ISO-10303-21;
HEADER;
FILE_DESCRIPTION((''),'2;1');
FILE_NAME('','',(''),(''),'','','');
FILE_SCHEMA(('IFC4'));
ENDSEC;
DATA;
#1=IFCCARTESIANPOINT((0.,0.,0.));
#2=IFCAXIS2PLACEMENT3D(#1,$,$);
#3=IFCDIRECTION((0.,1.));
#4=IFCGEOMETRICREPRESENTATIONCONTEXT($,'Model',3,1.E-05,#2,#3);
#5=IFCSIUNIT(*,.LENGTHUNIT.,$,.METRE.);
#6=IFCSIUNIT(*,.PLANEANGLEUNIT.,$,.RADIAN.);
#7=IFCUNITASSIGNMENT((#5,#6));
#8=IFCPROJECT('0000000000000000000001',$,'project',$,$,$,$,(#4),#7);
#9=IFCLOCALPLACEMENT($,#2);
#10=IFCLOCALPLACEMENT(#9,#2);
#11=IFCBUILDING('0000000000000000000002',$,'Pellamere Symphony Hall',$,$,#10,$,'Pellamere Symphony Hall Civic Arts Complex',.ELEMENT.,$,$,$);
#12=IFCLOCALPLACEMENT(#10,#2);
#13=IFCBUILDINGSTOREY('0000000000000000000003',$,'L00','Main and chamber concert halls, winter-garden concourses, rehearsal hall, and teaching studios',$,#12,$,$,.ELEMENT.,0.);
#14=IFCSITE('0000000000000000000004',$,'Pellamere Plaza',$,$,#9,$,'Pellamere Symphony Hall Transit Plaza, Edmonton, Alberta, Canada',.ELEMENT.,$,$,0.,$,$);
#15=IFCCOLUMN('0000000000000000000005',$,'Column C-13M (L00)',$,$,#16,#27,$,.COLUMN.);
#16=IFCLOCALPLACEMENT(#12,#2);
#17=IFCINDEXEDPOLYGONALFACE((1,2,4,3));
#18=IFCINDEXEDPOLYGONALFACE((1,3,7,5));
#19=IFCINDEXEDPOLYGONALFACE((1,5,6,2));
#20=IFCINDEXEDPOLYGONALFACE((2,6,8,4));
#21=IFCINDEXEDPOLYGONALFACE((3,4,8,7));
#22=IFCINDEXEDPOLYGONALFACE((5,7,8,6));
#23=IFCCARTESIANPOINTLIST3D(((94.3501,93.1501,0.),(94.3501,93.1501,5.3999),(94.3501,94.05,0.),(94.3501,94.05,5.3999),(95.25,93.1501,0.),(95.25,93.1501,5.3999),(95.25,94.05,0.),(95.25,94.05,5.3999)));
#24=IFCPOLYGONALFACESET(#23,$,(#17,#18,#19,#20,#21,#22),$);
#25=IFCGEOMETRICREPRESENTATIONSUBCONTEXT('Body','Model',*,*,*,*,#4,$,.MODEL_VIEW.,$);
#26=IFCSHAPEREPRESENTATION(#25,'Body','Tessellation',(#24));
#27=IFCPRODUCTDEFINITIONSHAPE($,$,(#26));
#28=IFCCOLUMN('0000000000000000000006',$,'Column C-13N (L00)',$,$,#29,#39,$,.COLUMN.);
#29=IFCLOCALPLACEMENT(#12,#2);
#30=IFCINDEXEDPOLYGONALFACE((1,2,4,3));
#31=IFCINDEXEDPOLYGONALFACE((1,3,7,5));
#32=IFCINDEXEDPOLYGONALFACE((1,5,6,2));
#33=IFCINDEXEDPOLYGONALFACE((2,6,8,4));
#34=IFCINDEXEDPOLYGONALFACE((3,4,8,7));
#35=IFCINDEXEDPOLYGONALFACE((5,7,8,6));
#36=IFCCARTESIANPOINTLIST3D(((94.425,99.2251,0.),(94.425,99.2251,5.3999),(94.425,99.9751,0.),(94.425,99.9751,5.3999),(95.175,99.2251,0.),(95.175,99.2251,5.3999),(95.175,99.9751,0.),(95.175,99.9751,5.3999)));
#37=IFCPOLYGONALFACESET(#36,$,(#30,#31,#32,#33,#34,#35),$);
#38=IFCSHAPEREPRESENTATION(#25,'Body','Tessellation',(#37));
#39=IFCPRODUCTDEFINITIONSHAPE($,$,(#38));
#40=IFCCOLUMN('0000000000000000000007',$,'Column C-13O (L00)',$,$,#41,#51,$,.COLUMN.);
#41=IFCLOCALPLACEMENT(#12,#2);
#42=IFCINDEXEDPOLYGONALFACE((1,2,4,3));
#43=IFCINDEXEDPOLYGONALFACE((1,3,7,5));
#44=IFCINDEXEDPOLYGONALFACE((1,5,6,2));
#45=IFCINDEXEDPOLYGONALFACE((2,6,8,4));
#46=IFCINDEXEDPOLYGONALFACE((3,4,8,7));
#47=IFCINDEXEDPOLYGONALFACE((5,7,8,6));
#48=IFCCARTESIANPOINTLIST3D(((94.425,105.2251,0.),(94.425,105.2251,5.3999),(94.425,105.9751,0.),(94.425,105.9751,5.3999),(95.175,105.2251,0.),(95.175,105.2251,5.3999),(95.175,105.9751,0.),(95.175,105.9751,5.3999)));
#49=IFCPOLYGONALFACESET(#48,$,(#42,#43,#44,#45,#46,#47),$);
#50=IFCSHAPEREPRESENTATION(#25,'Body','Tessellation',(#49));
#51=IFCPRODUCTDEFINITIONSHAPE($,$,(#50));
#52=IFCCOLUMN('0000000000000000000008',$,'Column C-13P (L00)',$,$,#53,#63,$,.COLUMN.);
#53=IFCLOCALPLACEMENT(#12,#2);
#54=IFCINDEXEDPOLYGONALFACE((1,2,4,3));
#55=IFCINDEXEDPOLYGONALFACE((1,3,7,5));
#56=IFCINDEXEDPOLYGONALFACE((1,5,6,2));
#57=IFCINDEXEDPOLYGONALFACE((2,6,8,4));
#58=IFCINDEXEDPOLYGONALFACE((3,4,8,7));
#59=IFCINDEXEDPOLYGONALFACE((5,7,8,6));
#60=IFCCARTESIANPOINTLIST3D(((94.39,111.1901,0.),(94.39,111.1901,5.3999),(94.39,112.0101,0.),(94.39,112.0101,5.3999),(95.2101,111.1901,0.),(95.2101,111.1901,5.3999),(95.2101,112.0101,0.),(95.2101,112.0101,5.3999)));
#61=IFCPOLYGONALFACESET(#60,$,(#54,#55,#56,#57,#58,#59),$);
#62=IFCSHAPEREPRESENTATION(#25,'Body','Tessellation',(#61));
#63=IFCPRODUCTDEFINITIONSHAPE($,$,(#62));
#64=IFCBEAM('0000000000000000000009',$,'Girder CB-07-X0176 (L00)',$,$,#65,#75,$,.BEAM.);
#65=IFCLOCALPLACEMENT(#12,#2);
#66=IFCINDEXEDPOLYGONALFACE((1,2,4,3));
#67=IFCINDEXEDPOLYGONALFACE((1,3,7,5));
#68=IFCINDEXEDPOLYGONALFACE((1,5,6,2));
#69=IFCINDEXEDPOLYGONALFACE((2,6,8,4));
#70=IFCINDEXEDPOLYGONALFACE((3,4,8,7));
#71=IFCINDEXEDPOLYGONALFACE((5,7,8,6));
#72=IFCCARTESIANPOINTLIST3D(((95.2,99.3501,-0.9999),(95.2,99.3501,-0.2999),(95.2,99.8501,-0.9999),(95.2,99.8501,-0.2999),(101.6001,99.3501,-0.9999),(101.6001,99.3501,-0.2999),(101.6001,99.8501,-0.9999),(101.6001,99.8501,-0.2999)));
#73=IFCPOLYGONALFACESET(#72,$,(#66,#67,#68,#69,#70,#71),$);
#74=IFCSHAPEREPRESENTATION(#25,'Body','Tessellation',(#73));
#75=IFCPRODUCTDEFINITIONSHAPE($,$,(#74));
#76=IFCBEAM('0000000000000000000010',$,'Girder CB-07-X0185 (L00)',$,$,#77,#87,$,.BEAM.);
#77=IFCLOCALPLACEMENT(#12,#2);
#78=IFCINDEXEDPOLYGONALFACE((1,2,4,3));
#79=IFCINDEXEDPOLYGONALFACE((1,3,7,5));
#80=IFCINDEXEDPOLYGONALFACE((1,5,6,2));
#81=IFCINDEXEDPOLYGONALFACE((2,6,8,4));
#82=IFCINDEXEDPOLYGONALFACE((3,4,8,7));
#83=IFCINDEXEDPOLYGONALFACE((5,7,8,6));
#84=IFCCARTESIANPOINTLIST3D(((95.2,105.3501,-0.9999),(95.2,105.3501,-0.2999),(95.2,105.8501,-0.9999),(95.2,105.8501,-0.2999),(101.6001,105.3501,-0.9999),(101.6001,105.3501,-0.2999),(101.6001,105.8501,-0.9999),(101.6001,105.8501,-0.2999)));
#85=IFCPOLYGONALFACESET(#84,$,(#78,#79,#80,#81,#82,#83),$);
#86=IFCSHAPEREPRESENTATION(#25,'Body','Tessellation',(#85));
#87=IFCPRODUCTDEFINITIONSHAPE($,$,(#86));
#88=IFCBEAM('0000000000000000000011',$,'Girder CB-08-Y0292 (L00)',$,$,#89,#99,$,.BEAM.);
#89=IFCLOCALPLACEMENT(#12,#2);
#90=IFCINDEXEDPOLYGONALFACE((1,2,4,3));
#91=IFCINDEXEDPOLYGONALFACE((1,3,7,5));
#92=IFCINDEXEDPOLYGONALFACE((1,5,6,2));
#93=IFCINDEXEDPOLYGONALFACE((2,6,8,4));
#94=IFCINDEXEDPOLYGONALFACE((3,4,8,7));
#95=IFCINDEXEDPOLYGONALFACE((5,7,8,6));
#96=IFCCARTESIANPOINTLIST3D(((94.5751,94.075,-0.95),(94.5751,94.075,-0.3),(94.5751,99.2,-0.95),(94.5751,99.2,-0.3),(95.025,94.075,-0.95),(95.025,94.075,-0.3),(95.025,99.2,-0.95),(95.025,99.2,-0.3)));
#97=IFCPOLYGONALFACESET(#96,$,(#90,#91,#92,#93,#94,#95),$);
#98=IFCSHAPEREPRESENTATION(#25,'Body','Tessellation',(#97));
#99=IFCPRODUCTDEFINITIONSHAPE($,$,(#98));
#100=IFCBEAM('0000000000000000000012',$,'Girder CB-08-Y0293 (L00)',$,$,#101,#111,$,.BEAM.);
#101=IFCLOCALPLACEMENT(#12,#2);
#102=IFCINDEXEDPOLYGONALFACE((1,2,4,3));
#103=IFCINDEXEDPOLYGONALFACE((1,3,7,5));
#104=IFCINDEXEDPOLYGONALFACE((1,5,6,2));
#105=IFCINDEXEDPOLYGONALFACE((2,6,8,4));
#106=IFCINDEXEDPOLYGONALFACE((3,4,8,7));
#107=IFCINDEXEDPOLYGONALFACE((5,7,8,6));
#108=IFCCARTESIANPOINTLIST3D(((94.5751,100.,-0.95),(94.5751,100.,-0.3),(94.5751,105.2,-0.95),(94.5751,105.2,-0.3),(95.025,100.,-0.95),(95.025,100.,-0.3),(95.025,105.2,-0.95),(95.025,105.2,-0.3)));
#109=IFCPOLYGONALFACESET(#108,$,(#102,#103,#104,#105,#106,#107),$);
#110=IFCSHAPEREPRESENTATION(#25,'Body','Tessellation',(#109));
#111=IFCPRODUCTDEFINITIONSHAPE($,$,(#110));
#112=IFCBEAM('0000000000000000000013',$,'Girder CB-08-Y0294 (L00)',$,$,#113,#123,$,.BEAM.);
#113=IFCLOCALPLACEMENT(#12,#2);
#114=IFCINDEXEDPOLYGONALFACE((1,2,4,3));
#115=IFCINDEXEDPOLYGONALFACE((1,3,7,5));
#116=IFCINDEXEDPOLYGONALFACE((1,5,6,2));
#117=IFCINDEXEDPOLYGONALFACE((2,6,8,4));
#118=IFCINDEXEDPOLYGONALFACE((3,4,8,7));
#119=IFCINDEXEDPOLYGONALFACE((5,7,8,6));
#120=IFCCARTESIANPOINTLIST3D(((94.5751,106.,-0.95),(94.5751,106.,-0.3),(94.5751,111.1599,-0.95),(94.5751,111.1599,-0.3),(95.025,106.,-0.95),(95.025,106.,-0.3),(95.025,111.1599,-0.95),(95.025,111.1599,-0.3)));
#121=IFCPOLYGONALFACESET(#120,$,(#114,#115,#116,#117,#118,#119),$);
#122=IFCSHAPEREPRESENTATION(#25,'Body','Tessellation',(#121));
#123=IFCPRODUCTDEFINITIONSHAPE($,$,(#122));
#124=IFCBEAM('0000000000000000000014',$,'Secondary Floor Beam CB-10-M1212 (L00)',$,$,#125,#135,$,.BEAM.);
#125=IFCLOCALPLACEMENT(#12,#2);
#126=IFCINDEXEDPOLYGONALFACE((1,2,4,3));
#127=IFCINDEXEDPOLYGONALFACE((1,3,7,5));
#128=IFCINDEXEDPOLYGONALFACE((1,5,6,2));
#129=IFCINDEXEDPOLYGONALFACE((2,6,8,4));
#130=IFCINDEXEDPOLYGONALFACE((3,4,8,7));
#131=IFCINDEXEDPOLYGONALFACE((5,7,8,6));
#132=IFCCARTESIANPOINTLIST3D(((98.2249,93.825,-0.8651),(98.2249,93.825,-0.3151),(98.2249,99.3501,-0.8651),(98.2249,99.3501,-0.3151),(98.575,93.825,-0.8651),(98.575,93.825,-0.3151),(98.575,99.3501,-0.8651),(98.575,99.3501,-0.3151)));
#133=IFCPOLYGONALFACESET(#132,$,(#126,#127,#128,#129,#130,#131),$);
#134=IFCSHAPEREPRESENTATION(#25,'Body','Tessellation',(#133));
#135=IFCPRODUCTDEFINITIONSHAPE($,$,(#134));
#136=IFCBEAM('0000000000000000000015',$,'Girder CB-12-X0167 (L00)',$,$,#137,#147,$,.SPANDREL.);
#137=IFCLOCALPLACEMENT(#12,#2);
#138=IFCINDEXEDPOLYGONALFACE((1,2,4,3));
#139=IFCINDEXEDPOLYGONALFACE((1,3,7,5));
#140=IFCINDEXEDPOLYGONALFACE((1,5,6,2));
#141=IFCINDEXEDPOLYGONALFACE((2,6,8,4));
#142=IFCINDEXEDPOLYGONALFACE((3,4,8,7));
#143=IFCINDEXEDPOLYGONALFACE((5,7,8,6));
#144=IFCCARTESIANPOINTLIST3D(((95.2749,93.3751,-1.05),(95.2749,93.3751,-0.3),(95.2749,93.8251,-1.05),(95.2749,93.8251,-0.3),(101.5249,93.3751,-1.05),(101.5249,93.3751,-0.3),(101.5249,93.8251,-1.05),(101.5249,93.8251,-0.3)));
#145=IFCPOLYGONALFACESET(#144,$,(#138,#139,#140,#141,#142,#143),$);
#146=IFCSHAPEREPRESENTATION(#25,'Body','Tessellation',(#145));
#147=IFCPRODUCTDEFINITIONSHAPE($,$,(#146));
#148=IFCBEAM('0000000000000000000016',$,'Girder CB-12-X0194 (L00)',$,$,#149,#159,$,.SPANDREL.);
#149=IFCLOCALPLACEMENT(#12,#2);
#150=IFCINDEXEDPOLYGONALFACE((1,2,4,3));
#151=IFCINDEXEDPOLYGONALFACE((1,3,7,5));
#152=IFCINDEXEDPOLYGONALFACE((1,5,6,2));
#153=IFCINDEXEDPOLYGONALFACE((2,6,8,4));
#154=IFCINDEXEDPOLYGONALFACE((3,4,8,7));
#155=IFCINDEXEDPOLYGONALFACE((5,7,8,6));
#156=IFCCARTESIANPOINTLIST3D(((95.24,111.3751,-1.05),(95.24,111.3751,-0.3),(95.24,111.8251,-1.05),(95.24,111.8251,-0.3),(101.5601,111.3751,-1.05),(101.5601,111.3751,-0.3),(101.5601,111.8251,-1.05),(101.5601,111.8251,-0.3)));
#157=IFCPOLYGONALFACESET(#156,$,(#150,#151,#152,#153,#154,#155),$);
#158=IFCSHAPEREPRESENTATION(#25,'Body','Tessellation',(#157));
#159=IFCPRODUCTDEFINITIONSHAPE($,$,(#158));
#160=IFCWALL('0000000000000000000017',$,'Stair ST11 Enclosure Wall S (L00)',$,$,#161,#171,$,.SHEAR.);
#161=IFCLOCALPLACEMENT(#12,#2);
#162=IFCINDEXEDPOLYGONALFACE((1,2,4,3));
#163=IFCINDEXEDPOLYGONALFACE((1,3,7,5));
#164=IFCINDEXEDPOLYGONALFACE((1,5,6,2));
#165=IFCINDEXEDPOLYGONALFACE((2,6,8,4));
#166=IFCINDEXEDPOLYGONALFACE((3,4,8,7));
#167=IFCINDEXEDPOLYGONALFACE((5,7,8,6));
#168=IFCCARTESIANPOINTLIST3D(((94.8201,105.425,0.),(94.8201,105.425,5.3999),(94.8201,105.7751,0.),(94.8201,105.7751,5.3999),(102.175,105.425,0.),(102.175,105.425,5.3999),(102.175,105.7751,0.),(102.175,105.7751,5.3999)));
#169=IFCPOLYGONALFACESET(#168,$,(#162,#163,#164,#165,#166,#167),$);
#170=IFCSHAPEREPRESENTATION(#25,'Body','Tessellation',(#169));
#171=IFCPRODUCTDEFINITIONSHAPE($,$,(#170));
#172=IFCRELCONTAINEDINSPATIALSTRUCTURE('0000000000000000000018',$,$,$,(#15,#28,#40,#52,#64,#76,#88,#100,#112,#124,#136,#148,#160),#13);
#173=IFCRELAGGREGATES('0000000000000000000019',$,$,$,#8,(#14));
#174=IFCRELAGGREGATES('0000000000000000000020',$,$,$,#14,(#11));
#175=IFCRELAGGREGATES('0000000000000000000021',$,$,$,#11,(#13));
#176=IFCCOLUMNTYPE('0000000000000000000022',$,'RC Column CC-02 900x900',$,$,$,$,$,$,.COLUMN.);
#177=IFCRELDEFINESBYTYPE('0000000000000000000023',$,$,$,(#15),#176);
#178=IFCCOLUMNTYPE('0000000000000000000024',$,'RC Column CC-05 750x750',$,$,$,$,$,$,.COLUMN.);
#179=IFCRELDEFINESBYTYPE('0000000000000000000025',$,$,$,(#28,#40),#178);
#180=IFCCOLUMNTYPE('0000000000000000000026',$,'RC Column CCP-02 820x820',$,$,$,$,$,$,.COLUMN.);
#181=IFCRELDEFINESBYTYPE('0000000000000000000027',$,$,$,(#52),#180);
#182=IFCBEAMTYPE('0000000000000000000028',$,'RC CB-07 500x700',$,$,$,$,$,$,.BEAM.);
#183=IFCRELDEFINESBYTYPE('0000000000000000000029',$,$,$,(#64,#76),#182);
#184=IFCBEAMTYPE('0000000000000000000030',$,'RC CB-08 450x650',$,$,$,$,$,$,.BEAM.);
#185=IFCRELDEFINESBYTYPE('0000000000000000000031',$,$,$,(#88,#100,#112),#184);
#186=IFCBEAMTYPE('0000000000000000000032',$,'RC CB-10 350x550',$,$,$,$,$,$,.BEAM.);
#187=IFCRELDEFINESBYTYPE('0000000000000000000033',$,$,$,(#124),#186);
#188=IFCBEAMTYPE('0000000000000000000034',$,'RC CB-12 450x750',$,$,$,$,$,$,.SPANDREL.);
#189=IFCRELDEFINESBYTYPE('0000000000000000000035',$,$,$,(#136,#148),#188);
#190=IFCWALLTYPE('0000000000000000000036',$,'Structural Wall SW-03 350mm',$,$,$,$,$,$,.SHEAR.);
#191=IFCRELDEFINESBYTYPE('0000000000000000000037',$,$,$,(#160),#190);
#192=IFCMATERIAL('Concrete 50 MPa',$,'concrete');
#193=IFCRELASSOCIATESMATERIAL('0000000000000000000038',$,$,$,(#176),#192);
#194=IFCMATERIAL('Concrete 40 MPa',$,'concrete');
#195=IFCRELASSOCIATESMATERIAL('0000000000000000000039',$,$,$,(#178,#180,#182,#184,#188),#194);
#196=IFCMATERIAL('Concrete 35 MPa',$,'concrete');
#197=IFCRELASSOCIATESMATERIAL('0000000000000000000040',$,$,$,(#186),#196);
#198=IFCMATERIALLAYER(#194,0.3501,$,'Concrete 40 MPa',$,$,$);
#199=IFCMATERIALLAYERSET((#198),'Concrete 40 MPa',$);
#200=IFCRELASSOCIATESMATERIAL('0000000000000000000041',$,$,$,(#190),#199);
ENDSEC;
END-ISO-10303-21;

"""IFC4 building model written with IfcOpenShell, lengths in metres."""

from ifc_helpers import new_model, si_unit, direction, frame, frame_2d, origin, origin_2d, place, context, subcontext, project, spatial, rectangle, extrude, material, layer, layer_set, material_profile, profile_set, type_object, element, save


model = new_model("IFC4")

# Units and contexts
model_context = context("Model", 3, precision=1e-05, world=origin(), true_north=direction((0.0, 1.0)))
body_context = subcontext(model_context, "Body", "Model", "MODEL_VIEW")
ifc_project = project(units=[si_unit("LENGTHUNIT", "METRE"), si_unit("PLANEANGLEUNIT", "RADIAN")], contexts=[model_context])

# Site, building, storey
site_placement = place(None, origin())
site = spatial("IfcSite", under=ifc_project, at=site_placement, Name="Pellamere Plaza", LongName="Pellamere Symphony Hall Transit Plaza, Edmonton, Alberta, Canada", CompositionType="ELEMENT", RefElevation=0.0)
building_placement = place(site_placement, origin())
building = spatial("IfcBuilding", under=site, at=building_placement, Name="Pellamere Symphony Hall", LongName="Pellamere Symphony Hall Civic Arts Complex", CompositionType="ELEMENT")
storey_placement = place(building_placement, origin())
storey = spatial("IfcBuildingStorey", under=building, at=storey_placement, Name="L00", Description="Main and chamber concert halls, winter-garden concourses, rehearsal hall, and teaching studios", CompositionType="ELEMENT", Elevation=0.0)

# Columns
ifc_material_1 = material(Name="Concrete 50 MPa", Category="concrete")
ifc_material_profile_1 = material_profile(ifc_material_1, rectangle(XDim=0.8999, YDim=0.8999, at=origin_2d()), Name="RC 900x900")
ifc_profile_set_1 = profile_set([ifc_material_profile_1], Name="Concrete 50 MPa")
column_type_1 = type_object("IfcColumnType", Name="RC Column CC-02 900x900", PredefinedType="COLUMN", material=ifc_profile_set_1)
column_1_placement = place(storey_placement, frame((94.8, 93.6001, 0.0), z_axis=(0.0, 0.0, 1.0), x_axis=(1.0, 0.0, 0.0)))
element("IfcColumn", 1, at=column_1_placement, inside=storey, type_object=column_type_1, Name="Column C-13M (L00)", PredefinedType="COLUMN", context=body_context, shape_type="SweptSolid", body=[
    extrude(rectangle(XDim=0.8999, YDim=0.8999, at=origin_2d()), origin(), (0.0, 0.0, 1.0), 5.3999),
])
ifc_material_2 = material(Name="Concrete 40 MPa", Category="concrete")
ifc_material_profile_2 = material_profile(ifc_material_2, rectangle(XDim=0.75, YDim=0.75, at=origin_2d()), Name="RC 750x750")
ifc_profile_set_2 = profile_set([ifc_material_profile_2], Name="Concrete 40 MPa")
column_type_2 = type_object("IfcColumnType", Name="RC Column CC-05 750x750", PredefinedType="COLUMN", material=ifc_profile_set_2)
for number, where, z_axis, x_axis, name in (
    (2, (94.8, 99.6001, 0.0), (0.0, 0.0, 1.0), (1.0, 0.0, 0.0), "Column C-13N (L00)"),
    (3, (94.8, 105.6001, 0.0), (0.0, 0.0, 1.0), (1.0, 0.0, 0.0), "Column C-13O (L00)"),
):
    element("IfcColumn", number, at=place(storey_placement, frame(where, z_axis=z_axis, x_axis=x_axis)), inside=storey, type_object=column_type_2, Name=name, PredefinedType="COLUMN", context=body_context, shape_type="SweptSolid", body=[
        extrude(rectangle(XDim=0.75, YDim=0.75, at=origin_2d()), origin(), (0.0, 0.0, 1.0), 5.3999),
    ])
ifc_material_profile_3 = material_profile(ifc_material_2, rectangle(XDim=0.8201, YDim=0.8201, at=origin_2d()), Name="RC 820x820")
ifc_profile_set_3 = profile_set([ifc_material_profile_3], Name="Concrete 40 MPa")
column_type_3 = type_object("IfcColumnType", Name="RC Column CCP-02 820x820", PredefinedType="COLUMN", material=ifc_profile_set_3)
column_2_placement = place(storey_placement, frame((94.8, 111.6001, 0.0), z_axis=(0.0, 0.0, 1.0), x_axis=(1.0, 0.0, 0.0)))
element("IfcColumn", 4, at=column_2_placement, inside=storey, type_object=column_type_3, Name="Column C-13P (L00)", PredefinedType="COLUMN", context=body_context, shape_type="SweptSolid", body=[
    extrude(rectangle(XDim=0.8201, YDim=0.8201, at=origin_2d()), origin(), (0.0, 0.0, 1.0), 5.3999),
])

# Beams
ifc_material_profile_4 = material_profile(ifc_material_2, rectangle(XDim=0.5, YDim=0.7, at=origin_2d()), Name="RC 500x700")
ifc_profile_set_4 = profile_set([ifc_material_profile_4], Name="Concrete 40 MPa")
beam_type_1 = type_object("IfcBeamType", Name="RC CB-07 500x700", PredefinedType="BEAM", material=ifc_profile_set_4)
for number, where, z_axis, x_axis, name in (
    (5, (95.2, 99.6001, -0.6499), (1.0, 0.0, 0.0), (0.0, 1.0, 0.0), "Girder CB-07-X0176 (L00)"),
    (6, (95.2, 105.6001, -0.6499), (1.0, 0.0, 0.0), (0.0, 1.0, 0.0), "Girder CB-07-X0185 (L00)"),
):
    element("IfcBeam", number, at=place(storey_placement, frame(where, z_axis=z_axis, x_axis=x_axis)), inside=storey, type_object=beam_type_1, Name=name, PredefinedType="BEAM", context=body_context, shape_type="SweptSolid", body=[
        extrude(rectangle(XDim=0.5, YDim=0.7, at=origin_2d()), origin(), (0.0, 0.0, 1.0), 6.4001),
    ])
ifc_material_profile_5 = material_profile(ifc_material_2, rectangle(XDim=0.45, YDim=0.6499, at=origin_2d()), Name="RC 450x650")
ifc_profile_set_5 = profile_set([ifc_material_profile_5], Name="Concrete 40 MPa")
beam_type_2 = type_object("IfcBeamType", Name="RC CB-08 450x650", PredefinedType="BEAM", material=ifc_profile_set_5)
beam_1_placement = place(storey_placement, frame((94.8, 94.075, -0.625), z_axis=(0.0, 1.0, 0.0), x_axis=(-1.0, 0.0, 0.0)))
element("IfcBeam", 7, at=beam_1_placement, inside=storey, type_object=beam_type_2, Name="Girder CB-08-Y0292 (L00)", PredefinedType="BEAM", context=body_context, shape_type="SweptSolid", body=[
    extrude(rectangle(XDim=0.45, YDim=0.6499, at=origin_2d()), origin(), (0.0, 0.0, 1.0), 5.125),
])
beam_2_placement = place(storey_placement, frame((94.8, 100.0, -0.625), z_axis=(0.0, 1.0, 0.0), x_axis=(-1.0, 0.0, 0.0)))
element("IfcBeam", 8, at=beam_2_placement, inside=storey, type_object=beam_type_2, Name="Girder CB-08-Y0293 (L00)", PredefinedType="BEAM", context=body_context, shape_type="SweptSolid", body=[
    extrude(rectangle(XDim=0.45, YDim=0.6499, at=origin_2d()), origin(), (0.0, 0.0, 1.0), 5.2),
])
beam_3_placement = place(storey_placement, frame((94.8, 106.0, -0.625), z_axis=(0.0, 1.0, 0.0), x_axis=(-1.0, 0.0, 0.0)))
element("IfcBeam", 9, at=beam_3_placement, inside=storey, type_object=beam_type_2, Name="Girder CB-08-Y0294 (L00)", PredefinedType="BEAM", context=body_context, shape_type="SweptSolid", body=[
    extrude(rectangle(XDim=0.45, YDim=0.6499, at=origin_2d()), origin(), (0.0, 0.0, 1.0), 5.1599),
])
ifc_material_3 = material(Name="Concrete 35 MPa", Category="concrete")
ifc_material_profile_6 = material_profile(ifc_material_3, rectangle(XDim=0.3501, YDim=0.55, at=origin_2d()), Name="RC 350x550")
ifc_profile_set_6 = profile_set([ifc_material_profile_6], Name="Concrete 35 MPa")
beam_type_3 = type_object("IfcBeamType", Name="RC CB-10 350x550", PredefinedType="BEAM", material=ifc_profile_set_6)
beam_4_placement = place(storey_placement, frame((98.3999, 93.825, -0.5901), z_axis=(0.0, 1.0, 0.0), x_axis=(-1.0, 0.0, 0.0)))
element("IfcBeam", 10, at=beam_4_placement, inside=storey, type_object=beam_type_3, Name="Secondary Floor Beam CB-10-M1212 (L00)", PredefinedType="BEAM", context=body_context, shape_type="SweptSolid", body=[
    extrude(rectangle(XDim=0.3501, YDim=0.55, at=origin_2d()), origin(), (0.0, 0.0, 1.0), 5.5251),
])
ifc_material_profile_7 = material_profile(ifc_material_2, rectangle(XDim=0.45, YDim=0.75, at=origin_2d()), Name="RC 450x750")
ifc_profile_set_7 = profile_set([ifc_material_profile_7], Name="Concrete 40 MPa")
beam_type_4 = type_object("IfcBeamType", Name="RC CB-12 450x750", PredefinedType="SPANDREL", material=ifc_profile_set_7)
beam_5_placement = place(storey_placement, frame((95.2749, 93.6001, -0.675), z_axis=(1.0, 0.0, 0.0), x_axis=(0.0, 1.0, 0.0)))
element("IfcBeam", 11, at=beam_5_placement, inside=storey, type_object=beam_type_4, Name="Girder CB-12-X0167 (L00)", PredefinedType="SPANDREL", context=body_context, shape_type="SweptSolid", body=[
    extrude(rectangle(XDim=0.45, YDim=0.75, at=origin_2d()), origin(), (0.0, 0.0, 1.0), 6.25),
])
beam_6_placement = place(storey_placement, frame((95.24, 111.6001, -0.675), z_axis=(1.0, 0.0, 0.0), x_axis=(0.0, 1.0, 0.0)))
element("IfcBeam", 12, at=beam_6_placement, inside=storey, type_object=beam_type_4, Name="Girder CB-12-X0194 (L00)", PredefinedType="SPANDREL", context=body_context, shape_type="SweptSolid", body=[
    extrude(rectangle(XDim=0.45, YDim=0.75, at=origin_2d()), origin(), (0.0, 0.0, 1.0), 6.3201),
])

# Wall
ifc_layer = layer(ifc_material_2, 0.3501, Name="Concrete 40 MPa")
ifc_layer_set = layer_set([ifc_layer], Name="Concrete 40 MPa")
wall_type = type_object("IfcWallType", Name="Structural Wall SW-03 350mm", PredefinedType="SHEAR", material=ifc_layer_set)
wall_1_placement = place(storey_placement, frame((94.8201, 105.6001, 0.0), z_axis=(0.0, 0.0, 1.0), x_axis=(1.0, 0.0, 0.0)))
element("IfcWall", 13, at=wall_1_placement, inside=storey, type_object=wall_type, Name="Stair ST11 Enclosure Wall S (L00)", PredefinedType="SHEAR", context=body_context, shape_type="SweptSolid", body=[
    extrude(rectangle(XDim=7.355, YDim=0.3501, at=frame_2d((3.6775, 0.0))), origin(), (0.0, 0.0, 1.0), 5.3999),
])

save(model, "model.ifc")
